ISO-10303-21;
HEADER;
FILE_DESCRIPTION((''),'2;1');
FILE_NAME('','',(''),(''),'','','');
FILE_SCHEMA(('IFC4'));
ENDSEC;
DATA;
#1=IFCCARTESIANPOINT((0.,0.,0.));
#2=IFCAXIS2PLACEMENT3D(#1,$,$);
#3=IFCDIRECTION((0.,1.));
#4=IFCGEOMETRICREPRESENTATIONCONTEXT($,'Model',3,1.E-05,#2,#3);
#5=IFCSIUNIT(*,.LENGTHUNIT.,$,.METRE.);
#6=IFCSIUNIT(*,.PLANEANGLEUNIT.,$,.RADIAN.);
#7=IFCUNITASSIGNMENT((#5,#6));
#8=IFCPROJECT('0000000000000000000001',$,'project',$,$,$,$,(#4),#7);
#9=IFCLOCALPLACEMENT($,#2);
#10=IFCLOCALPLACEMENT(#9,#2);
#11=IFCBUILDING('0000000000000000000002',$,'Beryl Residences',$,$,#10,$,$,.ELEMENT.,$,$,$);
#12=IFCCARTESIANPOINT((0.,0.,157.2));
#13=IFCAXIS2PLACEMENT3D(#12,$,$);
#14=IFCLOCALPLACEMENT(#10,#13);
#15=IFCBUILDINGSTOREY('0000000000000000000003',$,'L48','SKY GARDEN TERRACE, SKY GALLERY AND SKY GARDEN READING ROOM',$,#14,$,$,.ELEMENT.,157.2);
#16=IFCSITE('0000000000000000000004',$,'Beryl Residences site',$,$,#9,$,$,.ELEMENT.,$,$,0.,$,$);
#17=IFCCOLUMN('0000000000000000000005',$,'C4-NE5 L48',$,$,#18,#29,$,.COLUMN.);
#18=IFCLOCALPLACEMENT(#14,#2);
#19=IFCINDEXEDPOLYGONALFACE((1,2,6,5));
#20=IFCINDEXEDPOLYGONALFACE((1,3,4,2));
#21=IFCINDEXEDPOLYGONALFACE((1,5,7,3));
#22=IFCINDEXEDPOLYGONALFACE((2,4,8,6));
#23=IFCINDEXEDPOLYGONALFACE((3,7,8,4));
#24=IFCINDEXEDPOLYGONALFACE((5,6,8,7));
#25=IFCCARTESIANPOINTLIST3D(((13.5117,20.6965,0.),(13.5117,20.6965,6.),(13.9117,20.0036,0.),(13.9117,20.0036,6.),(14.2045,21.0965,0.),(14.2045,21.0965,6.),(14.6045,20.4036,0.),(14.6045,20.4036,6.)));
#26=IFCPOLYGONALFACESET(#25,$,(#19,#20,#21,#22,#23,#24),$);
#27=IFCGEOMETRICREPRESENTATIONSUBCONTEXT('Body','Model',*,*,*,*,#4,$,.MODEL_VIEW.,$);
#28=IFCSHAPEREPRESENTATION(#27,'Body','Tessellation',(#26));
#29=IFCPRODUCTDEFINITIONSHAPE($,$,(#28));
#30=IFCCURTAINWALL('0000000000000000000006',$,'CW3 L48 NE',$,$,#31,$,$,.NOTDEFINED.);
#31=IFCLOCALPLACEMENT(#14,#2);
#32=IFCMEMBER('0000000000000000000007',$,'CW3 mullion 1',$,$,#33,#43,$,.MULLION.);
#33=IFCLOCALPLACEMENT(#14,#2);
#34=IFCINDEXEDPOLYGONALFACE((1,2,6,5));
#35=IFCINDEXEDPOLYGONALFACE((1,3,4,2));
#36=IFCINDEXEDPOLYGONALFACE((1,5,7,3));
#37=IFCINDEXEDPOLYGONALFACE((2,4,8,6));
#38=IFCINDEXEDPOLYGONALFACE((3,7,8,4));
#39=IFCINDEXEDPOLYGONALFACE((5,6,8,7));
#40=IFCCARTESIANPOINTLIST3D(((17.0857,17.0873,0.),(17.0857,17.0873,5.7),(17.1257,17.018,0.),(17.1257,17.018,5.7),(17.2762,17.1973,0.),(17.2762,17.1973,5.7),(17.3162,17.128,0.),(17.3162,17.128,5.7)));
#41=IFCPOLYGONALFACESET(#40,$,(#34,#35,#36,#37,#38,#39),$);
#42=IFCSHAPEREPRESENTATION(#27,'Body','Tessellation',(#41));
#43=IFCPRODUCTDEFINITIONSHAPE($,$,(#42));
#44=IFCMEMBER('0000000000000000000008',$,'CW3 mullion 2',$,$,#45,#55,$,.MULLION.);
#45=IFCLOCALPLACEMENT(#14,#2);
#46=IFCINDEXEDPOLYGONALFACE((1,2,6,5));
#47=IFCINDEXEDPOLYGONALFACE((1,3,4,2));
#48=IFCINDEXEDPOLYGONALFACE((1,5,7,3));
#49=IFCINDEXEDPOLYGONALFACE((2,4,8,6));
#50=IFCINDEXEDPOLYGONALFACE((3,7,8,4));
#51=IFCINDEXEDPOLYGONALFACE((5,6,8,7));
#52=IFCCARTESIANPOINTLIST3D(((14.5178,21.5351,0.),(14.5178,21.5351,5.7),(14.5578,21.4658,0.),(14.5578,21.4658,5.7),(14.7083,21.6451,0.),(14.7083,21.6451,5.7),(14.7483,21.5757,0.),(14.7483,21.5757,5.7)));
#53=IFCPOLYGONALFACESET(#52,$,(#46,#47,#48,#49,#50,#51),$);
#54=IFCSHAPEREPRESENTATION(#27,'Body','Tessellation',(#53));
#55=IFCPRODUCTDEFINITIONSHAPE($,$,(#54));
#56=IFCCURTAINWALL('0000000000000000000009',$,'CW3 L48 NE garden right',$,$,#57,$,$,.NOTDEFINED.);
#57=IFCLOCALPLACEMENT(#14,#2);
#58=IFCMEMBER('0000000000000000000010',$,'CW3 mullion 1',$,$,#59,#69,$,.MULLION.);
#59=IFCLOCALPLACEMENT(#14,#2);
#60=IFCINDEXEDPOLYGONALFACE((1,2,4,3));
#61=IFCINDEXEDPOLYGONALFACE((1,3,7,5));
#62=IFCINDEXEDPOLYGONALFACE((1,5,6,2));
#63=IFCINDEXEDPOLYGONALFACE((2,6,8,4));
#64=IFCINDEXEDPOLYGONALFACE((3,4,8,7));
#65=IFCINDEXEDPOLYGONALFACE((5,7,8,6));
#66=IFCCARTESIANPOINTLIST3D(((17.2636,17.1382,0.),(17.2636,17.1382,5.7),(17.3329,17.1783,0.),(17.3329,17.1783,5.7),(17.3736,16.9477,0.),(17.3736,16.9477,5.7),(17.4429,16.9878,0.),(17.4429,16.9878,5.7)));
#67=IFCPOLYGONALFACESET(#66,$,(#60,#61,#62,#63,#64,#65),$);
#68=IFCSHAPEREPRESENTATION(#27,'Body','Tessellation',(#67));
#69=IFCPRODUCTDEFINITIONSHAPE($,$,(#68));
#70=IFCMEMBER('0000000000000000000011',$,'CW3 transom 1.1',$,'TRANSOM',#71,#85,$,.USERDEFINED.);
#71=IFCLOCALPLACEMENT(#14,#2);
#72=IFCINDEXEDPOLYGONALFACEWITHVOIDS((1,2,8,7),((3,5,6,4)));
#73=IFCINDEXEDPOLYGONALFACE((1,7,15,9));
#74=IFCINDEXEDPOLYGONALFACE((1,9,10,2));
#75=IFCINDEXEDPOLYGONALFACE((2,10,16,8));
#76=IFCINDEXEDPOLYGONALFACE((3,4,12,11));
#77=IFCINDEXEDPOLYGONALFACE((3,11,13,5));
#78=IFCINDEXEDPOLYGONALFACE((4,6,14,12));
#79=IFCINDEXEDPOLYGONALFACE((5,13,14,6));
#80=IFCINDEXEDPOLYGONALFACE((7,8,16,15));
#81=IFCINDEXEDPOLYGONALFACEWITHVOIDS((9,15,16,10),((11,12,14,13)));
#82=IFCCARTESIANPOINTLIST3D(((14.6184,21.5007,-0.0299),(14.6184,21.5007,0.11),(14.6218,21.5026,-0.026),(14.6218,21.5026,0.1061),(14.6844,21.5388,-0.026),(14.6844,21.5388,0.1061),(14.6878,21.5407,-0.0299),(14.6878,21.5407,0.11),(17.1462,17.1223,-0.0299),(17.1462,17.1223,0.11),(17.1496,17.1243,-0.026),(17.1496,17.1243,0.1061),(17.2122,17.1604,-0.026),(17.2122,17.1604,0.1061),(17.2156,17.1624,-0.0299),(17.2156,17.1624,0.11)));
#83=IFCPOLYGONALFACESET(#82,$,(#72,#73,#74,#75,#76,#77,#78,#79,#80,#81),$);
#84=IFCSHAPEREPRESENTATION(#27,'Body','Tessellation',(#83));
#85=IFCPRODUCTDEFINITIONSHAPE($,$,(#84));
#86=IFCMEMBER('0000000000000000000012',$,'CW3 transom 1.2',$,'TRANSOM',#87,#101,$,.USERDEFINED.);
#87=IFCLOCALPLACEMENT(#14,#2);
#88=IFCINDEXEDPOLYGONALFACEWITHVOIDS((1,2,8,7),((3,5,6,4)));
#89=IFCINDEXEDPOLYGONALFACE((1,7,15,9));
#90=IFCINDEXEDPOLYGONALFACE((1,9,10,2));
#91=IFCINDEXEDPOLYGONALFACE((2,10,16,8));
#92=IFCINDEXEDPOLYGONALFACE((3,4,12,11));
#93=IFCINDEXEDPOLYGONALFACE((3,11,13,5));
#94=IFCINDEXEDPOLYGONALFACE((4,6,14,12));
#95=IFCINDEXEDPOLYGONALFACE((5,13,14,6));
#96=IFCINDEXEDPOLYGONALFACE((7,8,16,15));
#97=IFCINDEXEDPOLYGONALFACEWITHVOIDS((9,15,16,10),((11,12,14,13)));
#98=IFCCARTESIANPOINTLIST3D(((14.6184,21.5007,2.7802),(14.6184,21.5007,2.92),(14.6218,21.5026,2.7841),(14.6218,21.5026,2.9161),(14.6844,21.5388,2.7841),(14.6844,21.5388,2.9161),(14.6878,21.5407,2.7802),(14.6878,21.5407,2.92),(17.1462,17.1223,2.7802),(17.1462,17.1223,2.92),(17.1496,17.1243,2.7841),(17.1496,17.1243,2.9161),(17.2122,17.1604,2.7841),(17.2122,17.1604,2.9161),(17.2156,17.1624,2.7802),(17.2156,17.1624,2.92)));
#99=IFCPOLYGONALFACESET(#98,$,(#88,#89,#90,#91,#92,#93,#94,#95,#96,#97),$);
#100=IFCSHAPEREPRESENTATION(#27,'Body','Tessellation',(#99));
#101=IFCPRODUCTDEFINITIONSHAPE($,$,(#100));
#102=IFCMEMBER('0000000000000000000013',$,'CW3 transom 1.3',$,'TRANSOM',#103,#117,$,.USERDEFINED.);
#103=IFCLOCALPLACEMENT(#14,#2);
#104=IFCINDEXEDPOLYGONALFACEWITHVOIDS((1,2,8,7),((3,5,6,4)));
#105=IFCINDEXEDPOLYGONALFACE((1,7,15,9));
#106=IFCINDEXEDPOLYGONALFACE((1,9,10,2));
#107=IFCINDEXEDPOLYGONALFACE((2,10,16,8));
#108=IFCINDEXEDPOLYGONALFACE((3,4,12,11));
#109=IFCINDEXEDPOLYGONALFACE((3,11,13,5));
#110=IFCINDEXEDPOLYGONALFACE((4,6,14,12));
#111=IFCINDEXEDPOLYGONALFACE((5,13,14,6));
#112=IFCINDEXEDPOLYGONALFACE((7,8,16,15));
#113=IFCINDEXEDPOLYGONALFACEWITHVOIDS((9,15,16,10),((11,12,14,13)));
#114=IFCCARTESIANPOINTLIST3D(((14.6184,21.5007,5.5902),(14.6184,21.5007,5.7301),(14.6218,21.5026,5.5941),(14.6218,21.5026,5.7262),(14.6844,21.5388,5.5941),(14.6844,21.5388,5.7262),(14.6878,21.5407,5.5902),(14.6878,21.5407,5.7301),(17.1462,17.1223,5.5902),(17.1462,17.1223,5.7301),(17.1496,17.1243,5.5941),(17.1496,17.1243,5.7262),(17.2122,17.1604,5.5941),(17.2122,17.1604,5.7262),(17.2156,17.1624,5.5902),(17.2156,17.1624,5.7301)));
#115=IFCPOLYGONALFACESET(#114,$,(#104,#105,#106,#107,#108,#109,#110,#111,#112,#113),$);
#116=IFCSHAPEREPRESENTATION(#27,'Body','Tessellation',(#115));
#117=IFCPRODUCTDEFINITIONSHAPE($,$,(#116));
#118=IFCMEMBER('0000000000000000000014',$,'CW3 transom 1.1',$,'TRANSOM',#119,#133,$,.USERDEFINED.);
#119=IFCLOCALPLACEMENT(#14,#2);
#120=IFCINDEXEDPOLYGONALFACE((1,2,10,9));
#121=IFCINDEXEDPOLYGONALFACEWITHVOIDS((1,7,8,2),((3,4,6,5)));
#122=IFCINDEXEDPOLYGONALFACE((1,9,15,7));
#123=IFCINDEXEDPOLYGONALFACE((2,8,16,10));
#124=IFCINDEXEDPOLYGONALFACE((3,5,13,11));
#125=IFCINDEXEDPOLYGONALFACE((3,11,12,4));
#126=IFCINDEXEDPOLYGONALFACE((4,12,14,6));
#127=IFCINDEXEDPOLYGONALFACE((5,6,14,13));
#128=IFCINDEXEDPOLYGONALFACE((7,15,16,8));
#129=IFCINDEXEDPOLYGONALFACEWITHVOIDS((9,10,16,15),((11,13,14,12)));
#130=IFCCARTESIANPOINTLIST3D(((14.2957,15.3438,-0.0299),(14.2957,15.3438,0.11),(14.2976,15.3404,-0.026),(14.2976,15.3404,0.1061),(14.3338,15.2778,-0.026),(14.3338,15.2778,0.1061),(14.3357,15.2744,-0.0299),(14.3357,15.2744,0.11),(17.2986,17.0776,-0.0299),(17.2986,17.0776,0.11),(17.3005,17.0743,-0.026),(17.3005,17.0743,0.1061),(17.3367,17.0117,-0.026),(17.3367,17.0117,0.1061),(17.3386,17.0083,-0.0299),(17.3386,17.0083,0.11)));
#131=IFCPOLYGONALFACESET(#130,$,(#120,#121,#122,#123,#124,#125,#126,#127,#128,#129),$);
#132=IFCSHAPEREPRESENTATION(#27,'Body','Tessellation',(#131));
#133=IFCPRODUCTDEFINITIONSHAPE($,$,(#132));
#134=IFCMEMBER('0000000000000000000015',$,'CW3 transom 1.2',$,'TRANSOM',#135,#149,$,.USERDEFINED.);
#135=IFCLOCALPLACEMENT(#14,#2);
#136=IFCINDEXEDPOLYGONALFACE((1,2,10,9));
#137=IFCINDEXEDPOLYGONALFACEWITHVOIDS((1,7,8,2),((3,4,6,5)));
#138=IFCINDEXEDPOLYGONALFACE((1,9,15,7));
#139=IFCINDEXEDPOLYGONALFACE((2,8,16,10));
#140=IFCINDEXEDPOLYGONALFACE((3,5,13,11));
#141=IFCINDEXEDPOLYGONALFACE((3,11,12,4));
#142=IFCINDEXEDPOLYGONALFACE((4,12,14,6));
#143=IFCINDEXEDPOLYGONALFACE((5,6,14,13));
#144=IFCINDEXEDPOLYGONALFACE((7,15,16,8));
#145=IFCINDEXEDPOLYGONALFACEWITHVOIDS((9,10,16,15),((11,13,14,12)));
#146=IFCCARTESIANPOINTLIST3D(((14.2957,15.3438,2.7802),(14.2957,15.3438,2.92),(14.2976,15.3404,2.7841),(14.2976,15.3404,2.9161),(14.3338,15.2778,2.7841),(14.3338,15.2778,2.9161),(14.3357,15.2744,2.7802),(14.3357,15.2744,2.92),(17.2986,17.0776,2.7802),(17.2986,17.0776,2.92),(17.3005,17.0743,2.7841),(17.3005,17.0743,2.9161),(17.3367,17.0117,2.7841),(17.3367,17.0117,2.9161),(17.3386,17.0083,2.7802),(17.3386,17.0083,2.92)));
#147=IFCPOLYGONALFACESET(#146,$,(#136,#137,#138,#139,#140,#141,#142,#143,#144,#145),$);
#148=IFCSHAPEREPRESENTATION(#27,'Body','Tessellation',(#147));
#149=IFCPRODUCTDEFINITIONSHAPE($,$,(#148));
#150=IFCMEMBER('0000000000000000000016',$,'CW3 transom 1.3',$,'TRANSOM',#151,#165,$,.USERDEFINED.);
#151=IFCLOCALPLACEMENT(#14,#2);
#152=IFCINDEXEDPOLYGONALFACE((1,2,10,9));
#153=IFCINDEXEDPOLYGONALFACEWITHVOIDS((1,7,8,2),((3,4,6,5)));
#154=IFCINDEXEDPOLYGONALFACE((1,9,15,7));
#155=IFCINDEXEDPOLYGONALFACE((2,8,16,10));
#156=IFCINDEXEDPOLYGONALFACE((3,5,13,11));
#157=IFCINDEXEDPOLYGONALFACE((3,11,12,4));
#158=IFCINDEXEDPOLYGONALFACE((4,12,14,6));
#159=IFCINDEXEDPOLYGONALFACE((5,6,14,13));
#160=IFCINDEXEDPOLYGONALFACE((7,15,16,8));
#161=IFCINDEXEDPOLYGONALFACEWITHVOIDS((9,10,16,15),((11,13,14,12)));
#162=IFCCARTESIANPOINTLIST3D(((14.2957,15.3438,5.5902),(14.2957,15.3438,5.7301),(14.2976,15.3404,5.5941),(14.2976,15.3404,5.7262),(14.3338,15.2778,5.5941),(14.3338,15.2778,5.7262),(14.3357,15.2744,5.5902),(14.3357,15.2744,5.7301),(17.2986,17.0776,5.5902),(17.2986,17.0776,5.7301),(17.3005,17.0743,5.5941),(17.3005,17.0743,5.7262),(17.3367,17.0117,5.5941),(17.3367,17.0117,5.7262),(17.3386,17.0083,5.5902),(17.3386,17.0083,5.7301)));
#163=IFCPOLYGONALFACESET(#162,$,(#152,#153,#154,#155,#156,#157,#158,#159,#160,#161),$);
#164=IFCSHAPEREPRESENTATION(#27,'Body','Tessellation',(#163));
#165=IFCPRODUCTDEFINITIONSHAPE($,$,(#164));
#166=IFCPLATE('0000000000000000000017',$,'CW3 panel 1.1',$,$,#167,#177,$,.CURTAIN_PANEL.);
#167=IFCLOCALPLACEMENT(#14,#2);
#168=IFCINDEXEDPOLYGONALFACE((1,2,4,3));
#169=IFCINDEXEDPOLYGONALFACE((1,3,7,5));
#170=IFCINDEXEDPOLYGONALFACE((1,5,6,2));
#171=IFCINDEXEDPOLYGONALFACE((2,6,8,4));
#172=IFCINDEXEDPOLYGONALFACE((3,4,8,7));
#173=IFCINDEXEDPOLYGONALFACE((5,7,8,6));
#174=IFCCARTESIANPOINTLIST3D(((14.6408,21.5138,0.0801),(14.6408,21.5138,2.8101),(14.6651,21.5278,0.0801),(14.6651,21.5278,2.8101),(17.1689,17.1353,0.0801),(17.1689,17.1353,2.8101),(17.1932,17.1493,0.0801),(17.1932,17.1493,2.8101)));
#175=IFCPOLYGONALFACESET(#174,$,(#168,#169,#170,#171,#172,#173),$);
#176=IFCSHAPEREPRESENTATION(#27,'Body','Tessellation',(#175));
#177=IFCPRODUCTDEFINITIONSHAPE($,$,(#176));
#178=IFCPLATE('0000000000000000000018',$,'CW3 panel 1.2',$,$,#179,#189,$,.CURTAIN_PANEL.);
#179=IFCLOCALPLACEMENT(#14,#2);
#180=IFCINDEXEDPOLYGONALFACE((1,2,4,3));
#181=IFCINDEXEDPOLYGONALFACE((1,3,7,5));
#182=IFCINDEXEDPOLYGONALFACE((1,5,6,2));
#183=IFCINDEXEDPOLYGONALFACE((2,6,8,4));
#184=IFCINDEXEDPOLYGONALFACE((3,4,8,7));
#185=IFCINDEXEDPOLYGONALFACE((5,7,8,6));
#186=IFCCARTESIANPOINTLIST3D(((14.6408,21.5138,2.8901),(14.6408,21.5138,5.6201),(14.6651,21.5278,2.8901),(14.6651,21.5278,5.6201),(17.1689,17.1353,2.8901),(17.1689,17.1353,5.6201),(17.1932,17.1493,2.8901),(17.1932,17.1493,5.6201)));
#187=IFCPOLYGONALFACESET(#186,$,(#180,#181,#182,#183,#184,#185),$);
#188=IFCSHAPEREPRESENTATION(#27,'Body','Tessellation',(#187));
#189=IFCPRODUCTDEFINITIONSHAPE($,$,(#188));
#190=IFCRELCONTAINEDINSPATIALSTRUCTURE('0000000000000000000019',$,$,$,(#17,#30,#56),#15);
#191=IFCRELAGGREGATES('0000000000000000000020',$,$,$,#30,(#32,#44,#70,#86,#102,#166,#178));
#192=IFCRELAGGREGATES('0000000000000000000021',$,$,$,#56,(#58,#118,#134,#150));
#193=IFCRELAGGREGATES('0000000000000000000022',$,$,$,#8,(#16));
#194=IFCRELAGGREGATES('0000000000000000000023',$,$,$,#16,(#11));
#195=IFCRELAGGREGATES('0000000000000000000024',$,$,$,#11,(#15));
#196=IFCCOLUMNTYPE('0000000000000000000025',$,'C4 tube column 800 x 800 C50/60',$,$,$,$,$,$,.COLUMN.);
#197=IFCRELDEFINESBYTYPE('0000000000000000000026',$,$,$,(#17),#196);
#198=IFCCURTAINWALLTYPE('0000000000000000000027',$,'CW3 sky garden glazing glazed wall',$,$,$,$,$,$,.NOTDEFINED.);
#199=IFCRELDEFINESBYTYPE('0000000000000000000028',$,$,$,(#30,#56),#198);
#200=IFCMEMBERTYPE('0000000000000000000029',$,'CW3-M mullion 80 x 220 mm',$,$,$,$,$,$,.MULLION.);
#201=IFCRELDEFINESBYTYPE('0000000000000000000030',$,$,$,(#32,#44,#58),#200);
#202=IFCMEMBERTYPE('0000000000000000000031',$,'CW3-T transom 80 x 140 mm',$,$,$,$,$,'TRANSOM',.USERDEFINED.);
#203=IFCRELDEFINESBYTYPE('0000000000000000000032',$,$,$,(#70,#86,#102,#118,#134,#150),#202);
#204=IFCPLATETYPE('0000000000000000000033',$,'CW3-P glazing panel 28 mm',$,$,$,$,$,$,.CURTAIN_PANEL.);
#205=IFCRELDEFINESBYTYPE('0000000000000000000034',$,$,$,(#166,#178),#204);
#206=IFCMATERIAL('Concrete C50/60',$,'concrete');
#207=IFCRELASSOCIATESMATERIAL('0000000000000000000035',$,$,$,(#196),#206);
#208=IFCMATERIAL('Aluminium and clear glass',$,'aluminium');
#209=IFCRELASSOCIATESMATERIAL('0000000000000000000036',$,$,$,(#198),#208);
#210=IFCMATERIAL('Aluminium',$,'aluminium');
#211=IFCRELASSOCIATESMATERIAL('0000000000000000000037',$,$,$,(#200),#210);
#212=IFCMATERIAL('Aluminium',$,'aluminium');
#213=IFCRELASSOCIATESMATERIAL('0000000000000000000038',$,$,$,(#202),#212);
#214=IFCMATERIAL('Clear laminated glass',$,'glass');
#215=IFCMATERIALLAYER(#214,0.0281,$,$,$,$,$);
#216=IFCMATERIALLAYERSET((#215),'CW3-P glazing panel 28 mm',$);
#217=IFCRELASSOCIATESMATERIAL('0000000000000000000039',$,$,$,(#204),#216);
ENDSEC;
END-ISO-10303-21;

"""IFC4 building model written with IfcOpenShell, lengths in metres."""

from ifc_helpers import new_model, si_unit, direction, frame, origin, origin_2d, place, context, subcontext, project, spatial, rectangle, hollow_rectangle, extrude, material, layer, layer_set, material_profile, profile_set, type_object, element, aggregate, save


model = new_model("IFC4")

# Units and contexts
model_context = context("Model", 3, precision=1e-05, world=origin(), true_north=direction((0.0, 1.0)))
body_context = subcontext(model_context, "Body", "Model", "MODEL_VIEW")
ifc_project = project(units=[si_unit("LENGTHUNIT", "METRE"), si_unit("PLANEANGLEUNIT", "RADIAN")], contexts=[model_context])

# Site, building, storey
site_placement = place(None, origin())
site = spatial("IfcSite", under=ifc_project, at=site_placement, Name="Beryl Residences site", CompositionType="ELEMENT", RefElevation=0.0)
building_placement = place(site_placement, origin())
building = spatial("IfcBuilding", under=site, at=building_placement, Name="Beryl Residences", CompositionType="ELEMENT")
storey_placement = place(building_placement, frame((0.0, 0.0, 157.2)))
storey = spatial("IfcBuildingStorey", under=building, at=storey_placement, Name="L48", Description="SKY GARDEN TERRACE, SKY GALLERY AND SKY GARDEN READING ROOM", CompositionType="ELEMENT", Elevation=157.2)

# Column
ifc_material_1 = material(Name="Concrete C50/60", Category="concrete")
ifc_material_profile_1 = material_profile(ifc_material_1, rectangle(XDim=0.8, YDim=0.8, at=origin_2d()))
ifc_profile_set_1 = profile_set([ifc_material_profile_1], Name="Concrete C50/60")
column_type = type_object("IfcColumnType", Name="C4 tube column 800 x 800 C50/60", PredefinedType="COLUMN", material=ifc_profile_set_1)
column_placement = place(storey_placement, frame((14.0581, 20.55, 0.0), z_axis=(0.0, 0.0, 1.0), x_axis=(-0.5, 0.866025, 0.0)))
element("IfcColumn", 1, at=column_placement, inside=storey, type_object=column_type, Name="C4-NE5 L48", PredefinedType="COLUMN", context=body_context, shape_type="SweptSolid", body=[
    extrude(rectangle(XDim=0.8, YDim=0.8, at=origin_2d()), origin(), (0.0, 0.0, 1.0), 6.0),
])

# Curtain wall, members
ifc_material_2 = material(Name="Aluminium and clear glass", Category="aluminium")
curtain_wall_type = type_object("IfcCurtainWallType", Name="CW3 sky garden glazing glazed wall", PredefinedType="NOTDEFINED", material=ifc_material_2)
curtain_wall_1_placement = place(storey_placement, origin())
curtain_wall_1 = element("IfcCurtainWall", 2, at=curtain_wall_1_placement, inside=storey, type_object=curtain_wall_type, Name="CW3 L48 NE", PredefinedType="NOTDEFINED")
ifc_material_3 = material(Name="Aluminium", Category="aluminium")
ifc_material_profile_2 = material_profile(ifc_material_3, rectangle(XDim=0.0801, YDim=0.22, at=origin_2d()))
ifc_profile_set_2 = profile_set([ifc_material_profile_2], Name="Aluminium")
member_type_1 = type_object("IfcMemberType", Name="CW3-M mullion 80 x 220 mm", PredefinedType="MULLION", material=ifc_profile_set_2)
member_1_placement = place(storey_placement, frame((17.2009, 17.1077, 0.0), z_axis=(0.0, 0.0, 1.0), x_axis=(-0.500016, 0.866016, 0.0)))
member_1 = element("IfcMember", 3, at=member_1_placement, type_object=member_type_1, Name="CW3 mullion 1", PredefinedType="MULLION", context=body_context, shape_type="SweptSolid", body=[
    extrude(rectangle(XDim=0.0801, YDim=0.22, at=origin_2d()), origin(), (0.0, 0.0, 1.0), 5.7),
])
member_2_placement = place(storey_placement, frame((14.6331, 21.5554, 0.0), z_axis=(0.0, 0.0, 1.0), x_axis=(-0.500016, 0.866016, 0.0)))
member_2 = element("IfcMember", 4, at=member_2_placement, type_object=member_type_1, Name="CW3 mullion 2", PredefinedType="MULLION", context=body_context, shape_type="SweptSolid", body=[
    extrude(rectangle(XDim=0.0801, YDim=0.22, at=origin_2d()), origin(), (0.0, 0.0, 1.0), 5.7),
])

# Curtain wall, member
curtain_wall_2_placement = place(storey_placement, origin())
curtain_wall_2 = element("IfcCurtainWall", 5, at=curtain_wall_2_placement, inside=storey, type_object=curtain_wall_type, Name="CW3 L48 NE garden right", PredefinedType="NOTDEFINED")
member_3_placement = place(storey_placement, frame((17.3533, 17.063, 0.0), z_axis=(0.0, 0.0, 1.0), x_axis=(-0.866005, -0.500036, 0.0)))
member_3 = element("IfcMember", 6, at=member_3_placement, type_object=member_type_1, Name="CW3 mullion 1", PredefinedType="MULLION", context=body_context, shape_type="SweptSolid", body=[
    extrude(rectangle(XDim=0.0801, YDim=0.22, at=origin_2d()), origin(), (0.0, 0.0, 1.0), 5.7),
])

# Members
ifc_material_4 = material(Name="Aluminium", Category="aluminium")
ifc_material_profile_3 = material_profile(ifc_material_4, hollow_rectangle(XDim=0.0801, YDim=0.1399, WallThickness=0.0039, at=origin_2d()))
ifc_profile_set_3 = profile_set([ifc_material_profile_3], Name="Aluminium")
member_type_2 = type_object("IfcMemberType", Name="CW3-T transom 80 x 140 mm", ElementType="TRANSOM", PredefinedType="USERDEFINED", material=ifc_profile_set_3)
member_4_placement = place(storey_placement, frame((17.1809, 17.1423, 0.04), z_axis=(-0.499993, 0.86603, 0.0), x_axis=(-0.86603, -0.499993, 0.0)))
member_4 = element("IfcMember", 7, at=member_4_placement, type_object=member_type_2, Name="CW3 transom 1.1", ObjectType="TRANSOM", PredefinedType="USERDEFINED", context=body_context, shape_type="SweptSolid", body=[
    extrude(hollow_rectangle(XDim=0.0801, YDim=0.1399, WallThickness=0.0039, at=origin_2d()), origin(), (0.0, 0.0, 1.0), 5.0557),
])
member_5_placement = place(storey_placement, frame((17.1809, 17.1423, 2.8501), z_axis=(-0.499993, 0.86603, 0.0), x_axis=(-0.86603, -0.499993, 0.0)))
member_5 = element("IfcMember", 8, at=member_5_placement, type_object=member_type_2, Name="CW3 transom 1.2", ObjectType="TRANSOM", PredefinedType="USERDEFINED", context=body_context, shape_type="SweptSolid", body=[
    extrude(hollow_rectangle(XDim=0.0801, YDim=0.1399, WallThickness=0.0039, at=origin_2d()), origin(), (0.0, 0.0, 1.0), 5.0557),
])
member_6_placement = place(storey_placement, frame((17.1809, 17.1423, 5.6602), z_axis=(-0.499993, 0.86603, 0.0), x_axis=(-0.86603, -0.499993, 0.0)))
member_6 = element("IfcMember", 9, at=member_6_placement, type_object=member_type_2, Name="CW3 transom 1.3", ObjectType="TRANSOM", PredefinedType="USERDEFINED", context=body_context, shape_type="SweptSolid", body=[
    extrude(hollow_rectangle(XDim=0.0801, YDim=0.1399, WallThickness=0.0039, at=origin_2d()), origin(), (0.0, 0.0, 1.0), 5.0557),
])
member_7_placement = place(storey_placement, frame((17.3186, 17.043, 0.04), z_axis=(-0.866007, -0.500031, 0.0), x_axis=(0.500031, -0.866007, 0.0)))
member_7 = element("IfcMember", 10, at=member_7_placement, type_object=member_type_2, Name="CW3 transom 1.1", ObjectType="TRANSOM", PredefinedType="USERDEFINED", context=body_context, shape_type="SweptSolid", body=[
    extrude(hollow_rectangle(XDim=0.0801, YDim=0.1399, WallThickness=0.0039, at=origin_2d()), origin(), (0.0, 0.0, 1.0), 3.4675),
])
member_8_placement = place(storey_placement, frame((17.3186, 17.043, 2.8501), z_axis=(-0.866007, -0.500031, 0.0), x_axis=(0.500031, -0.866007, 0.0)))
member_8 = element("IfcMember", 11, at=member_8_placement, type_object=member_type_2, Name="CW3 transom 1.2", ObjectType="TRANSOM", PredefinedType="USERDEFINED", context=body_context, shape_type="SweptSolid", body=[
    extrude(hollow_rectangle(XDim=0.0801, YDim=0.1399, WallThickness=0.0039, at=origin_2d()), origin(), (0.0, 0.0, 1.0), 3.4675),
])
member_9_placement = place(storey_placement, frame((17.3186, 17.043, 5.6602), z_axis=(-0.866007, -0.500031, 0.0), x_axis=(0.500031, -0.866007, 0.0)))
member_9 = element("IfcMember", 12, at=member_9_placement, type_object=member_type_2, Name="CW3 transom 1.3", ObjectType="TRANSOM", PredefinedType="USERDEFINED", context=body_context, shape_type="SweptSolid", body=[
    extrude(hollow_rectangle(XDim=0.0801, YDim=0.1399, WallThickness=0.0039, at=origin_2d()), origin(), (0.0, 0.0, 1.0), 3.4675),
])

# Plates
ifc_material_5 = material(Name="Clear laminated glass", Category="glass")
ifc_layer_1 = layer(ifc_material_5, 0.0281)
ifc_layer_set_1 = layer_set([ifc_layer_1], Name="CW3-P glazing panel 28 mm")
plate_type = type_object("IfcPlateType", Name="CW3-P glazing panel 28 mm", PredefinedType="CURTAIN_PANEL", material=ifc_layer_set_1)
plate_1_placement = place(storey_placement, frame((15.917, 19.3315, 0.0801), z_axis=(0.0, 0.0, 1.0), x_axis=(-0.500016, 0.866016, 0.0)))
plate_1 = element("IfcPlate", 13, at=plate_1_placement, type_object=plate_type, Name="CW3 panel 1.1", PredefinedType="CURTAIN_PANEL", context=body_context, shape_type="SweptSolid", body=[
    extrude(rectangle(XDim=5.0559, YDim=0.0281, at=origin_2d()), origin(), (0.0, 0.0, 1.0), 2.73),
])
plate_2_placement = place(storey_placement, frame((15.917, 19.3315, 2.8901), z_axis=(0.0, 0.0, 1.0), x_axis=(-0.500016, 0.866016, 0.0)))
plate_2 = element("IfcPlate", 14, at=plate_2_placement, type_object=plate_type, Name="CW3 panel 1.2", PredefinedType="CURTAIN_PANEL", context=body_context, shape_type="SweptSolid", body=[
    extrude(rectangle(XDim=5.0559, YDim=0.0281, at=origin_2d()), origin(), (0.0, 0.0, 1.0), 2.73),
])
aggregate(curtain_wall_1, [member_1, member_2, member_4, member_5, member_6, plate_1, plate_2])
aggregate(curtain_wall_2, [member_3, member_7, member_8, member_9])

save(model, "model.ifc")
